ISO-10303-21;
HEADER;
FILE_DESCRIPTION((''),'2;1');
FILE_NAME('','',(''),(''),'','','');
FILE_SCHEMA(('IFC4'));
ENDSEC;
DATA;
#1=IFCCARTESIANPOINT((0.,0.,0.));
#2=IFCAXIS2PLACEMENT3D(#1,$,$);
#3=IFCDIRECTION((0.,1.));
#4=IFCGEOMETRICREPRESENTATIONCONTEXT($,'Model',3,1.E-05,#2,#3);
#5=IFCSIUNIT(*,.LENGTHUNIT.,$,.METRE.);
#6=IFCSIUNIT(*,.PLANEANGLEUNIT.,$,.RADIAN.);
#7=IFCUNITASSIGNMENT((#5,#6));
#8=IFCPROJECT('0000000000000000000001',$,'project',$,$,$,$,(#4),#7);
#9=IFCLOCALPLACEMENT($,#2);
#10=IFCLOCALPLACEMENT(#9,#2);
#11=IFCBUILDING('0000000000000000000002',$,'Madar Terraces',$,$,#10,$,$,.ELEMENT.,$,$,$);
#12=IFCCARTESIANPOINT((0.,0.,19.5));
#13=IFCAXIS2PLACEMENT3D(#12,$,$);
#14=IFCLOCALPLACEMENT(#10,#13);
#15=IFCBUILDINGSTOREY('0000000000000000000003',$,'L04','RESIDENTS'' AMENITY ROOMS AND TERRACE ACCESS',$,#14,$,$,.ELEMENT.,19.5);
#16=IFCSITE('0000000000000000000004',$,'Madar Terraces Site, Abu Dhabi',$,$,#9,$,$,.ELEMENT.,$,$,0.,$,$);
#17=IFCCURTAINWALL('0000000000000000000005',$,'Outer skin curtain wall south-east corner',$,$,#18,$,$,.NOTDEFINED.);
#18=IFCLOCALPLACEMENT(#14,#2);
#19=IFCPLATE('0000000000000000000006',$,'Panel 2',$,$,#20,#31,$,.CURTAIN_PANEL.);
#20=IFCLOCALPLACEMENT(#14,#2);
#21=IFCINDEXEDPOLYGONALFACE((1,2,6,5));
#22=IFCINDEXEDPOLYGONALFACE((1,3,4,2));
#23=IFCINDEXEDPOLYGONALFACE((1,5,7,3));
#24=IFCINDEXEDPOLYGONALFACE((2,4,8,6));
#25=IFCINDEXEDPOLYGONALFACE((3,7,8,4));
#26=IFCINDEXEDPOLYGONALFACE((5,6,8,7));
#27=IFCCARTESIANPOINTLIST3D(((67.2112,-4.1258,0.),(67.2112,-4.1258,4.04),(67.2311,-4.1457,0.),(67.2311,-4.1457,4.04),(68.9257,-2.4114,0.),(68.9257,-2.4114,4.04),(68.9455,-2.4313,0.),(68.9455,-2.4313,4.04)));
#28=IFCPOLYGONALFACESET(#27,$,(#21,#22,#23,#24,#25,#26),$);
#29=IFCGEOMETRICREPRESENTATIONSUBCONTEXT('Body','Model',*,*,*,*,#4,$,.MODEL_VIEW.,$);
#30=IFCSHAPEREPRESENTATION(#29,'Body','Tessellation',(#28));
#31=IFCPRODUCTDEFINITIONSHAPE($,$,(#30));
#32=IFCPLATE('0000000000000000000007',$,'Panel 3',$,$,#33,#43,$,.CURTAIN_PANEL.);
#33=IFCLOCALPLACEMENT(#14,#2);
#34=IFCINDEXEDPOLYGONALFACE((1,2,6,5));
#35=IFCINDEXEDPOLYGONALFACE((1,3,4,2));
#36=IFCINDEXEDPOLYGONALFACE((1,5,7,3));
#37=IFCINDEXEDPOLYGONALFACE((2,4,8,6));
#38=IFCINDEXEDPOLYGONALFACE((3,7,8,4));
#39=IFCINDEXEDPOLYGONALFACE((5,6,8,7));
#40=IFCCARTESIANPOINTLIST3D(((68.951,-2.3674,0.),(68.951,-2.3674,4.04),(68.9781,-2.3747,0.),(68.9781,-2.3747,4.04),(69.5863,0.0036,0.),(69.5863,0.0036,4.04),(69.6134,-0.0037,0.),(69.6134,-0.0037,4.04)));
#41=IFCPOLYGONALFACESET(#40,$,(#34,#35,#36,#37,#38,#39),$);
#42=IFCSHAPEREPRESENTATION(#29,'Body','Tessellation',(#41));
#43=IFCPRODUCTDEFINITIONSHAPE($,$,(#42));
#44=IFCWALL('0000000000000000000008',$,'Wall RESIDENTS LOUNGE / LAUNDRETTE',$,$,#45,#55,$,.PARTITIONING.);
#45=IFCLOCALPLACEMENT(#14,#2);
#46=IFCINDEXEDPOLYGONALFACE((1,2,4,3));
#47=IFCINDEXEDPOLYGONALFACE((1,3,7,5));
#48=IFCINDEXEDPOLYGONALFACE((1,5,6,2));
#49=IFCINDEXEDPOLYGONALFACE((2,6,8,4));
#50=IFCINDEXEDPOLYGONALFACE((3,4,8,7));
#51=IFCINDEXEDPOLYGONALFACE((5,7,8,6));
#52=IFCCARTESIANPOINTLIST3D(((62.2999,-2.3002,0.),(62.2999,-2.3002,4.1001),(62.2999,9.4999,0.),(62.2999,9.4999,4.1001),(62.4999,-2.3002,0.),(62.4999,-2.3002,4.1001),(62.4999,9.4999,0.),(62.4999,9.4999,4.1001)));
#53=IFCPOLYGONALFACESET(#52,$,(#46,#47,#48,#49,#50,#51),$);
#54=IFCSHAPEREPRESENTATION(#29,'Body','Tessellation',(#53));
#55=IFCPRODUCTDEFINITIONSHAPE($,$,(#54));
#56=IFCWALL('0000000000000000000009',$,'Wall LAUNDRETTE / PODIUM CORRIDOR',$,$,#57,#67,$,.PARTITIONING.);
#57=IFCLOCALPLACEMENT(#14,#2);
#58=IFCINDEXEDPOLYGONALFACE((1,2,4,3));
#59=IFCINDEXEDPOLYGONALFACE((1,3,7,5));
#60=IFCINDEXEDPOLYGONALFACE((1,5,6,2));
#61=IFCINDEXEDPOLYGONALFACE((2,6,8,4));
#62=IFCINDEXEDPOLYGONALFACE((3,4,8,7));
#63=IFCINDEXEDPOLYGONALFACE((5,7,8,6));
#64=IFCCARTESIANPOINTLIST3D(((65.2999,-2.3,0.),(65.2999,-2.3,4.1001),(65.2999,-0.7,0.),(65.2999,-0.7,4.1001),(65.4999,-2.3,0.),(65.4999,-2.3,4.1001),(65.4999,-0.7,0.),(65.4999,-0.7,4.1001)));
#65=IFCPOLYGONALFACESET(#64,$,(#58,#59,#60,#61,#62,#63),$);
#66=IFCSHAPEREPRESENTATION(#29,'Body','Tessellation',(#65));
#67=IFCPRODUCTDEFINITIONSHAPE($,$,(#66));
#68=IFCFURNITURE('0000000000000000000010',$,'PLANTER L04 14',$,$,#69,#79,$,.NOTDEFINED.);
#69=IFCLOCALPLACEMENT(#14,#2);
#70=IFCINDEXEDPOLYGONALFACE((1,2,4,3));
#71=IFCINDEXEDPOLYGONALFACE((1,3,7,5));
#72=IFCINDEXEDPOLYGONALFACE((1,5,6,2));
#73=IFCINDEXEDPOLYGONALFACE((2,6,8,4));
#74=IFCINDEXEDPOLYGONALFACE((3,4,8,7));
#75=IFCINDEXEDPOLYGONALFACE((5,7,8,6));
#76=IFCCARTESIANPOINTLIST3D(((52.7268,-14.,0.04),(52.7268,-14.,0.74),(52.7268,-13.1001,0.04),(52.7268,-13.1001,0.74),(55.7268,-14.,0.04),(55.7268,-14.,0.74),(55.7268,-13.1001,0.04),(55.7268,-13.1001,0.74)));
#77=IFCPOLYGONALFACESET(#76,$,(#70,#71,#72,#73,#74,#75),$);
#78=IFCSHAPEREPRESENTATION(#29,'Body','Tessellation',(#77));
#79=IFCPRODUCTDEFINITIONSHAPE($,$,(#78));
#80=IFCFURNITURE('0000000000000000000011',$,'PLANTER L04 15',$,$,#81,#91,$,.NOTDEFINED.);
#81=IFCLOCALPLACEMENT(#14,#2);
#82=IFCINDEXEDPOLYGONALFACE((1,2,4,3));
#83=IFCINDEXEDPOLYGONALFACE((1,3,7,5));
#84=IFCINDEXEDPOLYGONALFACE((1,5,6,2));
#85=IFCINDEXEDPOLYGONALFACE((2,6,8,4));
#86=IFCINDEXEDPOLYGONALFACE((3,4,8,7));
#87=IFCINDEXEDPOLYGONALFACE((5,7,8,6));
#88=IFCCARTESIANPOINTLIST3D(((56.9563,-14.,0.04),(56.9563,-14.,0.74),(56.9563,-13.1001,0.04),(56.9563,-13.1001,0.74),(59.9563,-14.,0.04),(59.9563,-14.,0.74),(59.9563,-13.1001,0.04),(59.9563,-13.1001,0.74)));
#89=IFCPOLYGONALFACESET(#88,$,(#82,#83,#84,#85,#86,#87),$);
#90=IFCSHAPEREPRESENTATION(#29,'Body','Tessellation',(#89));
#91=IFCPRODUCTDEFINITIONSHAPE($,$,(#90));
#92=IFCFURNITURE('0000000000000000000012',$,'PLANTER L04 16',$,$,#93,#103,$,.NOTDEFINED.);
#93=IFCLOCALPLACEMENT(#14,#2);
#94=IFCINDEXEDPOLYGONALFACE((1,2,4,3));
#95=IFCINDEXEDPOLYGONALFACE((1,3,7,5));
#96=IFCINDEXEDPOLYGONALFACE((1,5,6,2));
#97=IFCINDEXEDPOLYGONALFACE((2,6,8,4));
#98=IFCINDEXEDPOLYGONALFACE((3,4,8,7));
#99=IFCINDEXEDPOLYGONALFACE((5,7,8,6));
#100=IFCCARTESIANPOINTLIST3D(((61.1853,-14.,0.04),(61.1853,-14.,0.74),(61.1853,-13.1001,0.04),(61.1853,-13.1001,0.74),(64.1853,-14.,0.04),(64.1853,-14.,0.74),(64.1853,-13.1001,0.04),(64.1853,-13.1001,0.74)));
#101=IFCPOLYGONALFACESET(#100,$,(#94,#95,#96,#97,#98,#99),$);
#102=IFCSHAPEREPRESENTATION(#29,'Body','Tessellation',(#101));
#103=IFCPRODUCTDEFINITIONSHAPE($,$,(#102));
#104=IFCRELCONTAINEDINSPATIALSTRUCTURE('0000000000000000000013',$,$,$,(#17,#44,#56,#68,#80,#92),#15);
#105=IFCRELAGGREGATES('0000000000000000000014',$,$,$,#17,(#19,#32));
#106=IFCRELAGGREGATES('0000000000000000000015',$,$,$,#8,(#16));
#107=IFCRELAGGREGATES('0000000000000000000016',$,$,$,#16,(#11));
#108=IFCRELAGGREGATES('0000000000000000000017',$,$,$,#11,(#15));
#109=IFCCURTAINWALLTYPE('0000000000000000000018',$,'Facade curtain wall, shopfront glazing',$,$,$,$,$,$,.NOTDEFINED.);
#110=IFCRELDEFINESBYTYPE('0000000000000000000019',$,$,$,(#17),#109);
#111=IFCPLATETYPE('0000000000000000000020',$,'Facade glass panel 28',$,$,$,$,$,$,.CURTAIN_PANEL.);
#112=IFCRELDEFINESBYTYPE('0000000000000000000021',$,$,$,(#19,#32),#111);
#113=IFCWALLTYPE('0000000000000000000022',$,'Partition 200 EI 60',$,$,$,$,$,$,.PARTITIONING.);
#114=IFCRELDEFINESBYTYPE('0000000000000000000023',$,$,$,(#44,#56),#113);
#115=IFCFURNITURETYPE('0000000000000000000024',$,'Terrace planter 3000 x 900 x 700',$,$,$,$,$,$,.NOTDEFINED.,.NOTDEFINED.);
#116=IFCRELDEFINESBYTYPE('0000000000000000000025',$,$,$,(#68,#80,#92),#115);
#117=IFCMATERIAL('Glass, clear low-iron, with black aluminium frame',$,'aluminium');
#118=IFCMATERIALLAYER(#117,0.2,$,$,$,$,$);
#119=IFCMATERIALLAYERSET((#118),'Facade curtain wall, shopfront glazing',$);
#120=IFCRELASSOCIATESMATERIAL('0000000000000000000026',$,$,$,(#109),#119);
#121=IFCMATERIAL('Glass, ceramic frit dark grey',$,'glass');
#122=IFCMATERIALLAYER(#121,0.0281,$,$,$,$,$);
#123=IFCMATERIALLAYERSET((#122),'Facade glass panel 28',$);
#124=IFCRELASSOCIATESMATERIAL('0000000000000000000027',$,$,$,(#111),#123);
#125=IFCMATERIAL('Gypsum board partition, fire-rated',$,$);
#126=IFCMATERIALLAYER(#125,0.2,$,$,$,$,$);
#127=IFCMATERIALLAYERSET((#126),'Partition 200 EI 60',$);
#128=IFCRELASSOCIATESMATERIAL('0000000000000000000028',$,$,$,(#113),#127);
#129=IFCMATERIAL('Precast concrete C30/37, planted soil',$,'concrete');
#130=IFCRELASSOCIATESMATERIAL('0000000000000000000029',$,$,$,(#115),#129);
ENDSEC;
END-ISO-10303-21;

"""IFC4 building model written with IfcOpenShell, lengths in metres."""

from ifc_helpers import new_model, si_unit, direction, frame, frame_2d, origin, origin_2d, place, context, subcontext, project, spatial, rectangle, extrude, material, layer, layer_set, type_object, element, aggregate, save


model = new_model("IFC4")

# Units and contexts
model_context = context("Model", 3, precision=1e-05, world=origin(), true_north=direction((0.0, 1.0)))
body_context = subcontext(model_context, "Body", "Model", "MODEL_VIEW")
ifc_project = project(units=[si_unit("LENGTHUNIT", "METRE"), si_unit("PLANEANGLEUNIT", "RADIAN")], contexts=[model_context])

# Site, building, storey
site_placement = place(None, origin())
site = spatial("IfcSite", under=ifc_project, at=site_placement, Name="Madar Terraces Site, Abu Dhabi", CompositionType="ELEMENT", RefElevation=0.0)
building_placement = place(site_placement, origin())
building = spatial("IfcBuilding", under=site, at=building_placement, Name="Madar Terraces", CompositionType="ELEMENT")
storey_placement = place(building_placement, frame((0.0, 0.0, 19.5)))
storey = spatial("IfcBuildingStorey", under=building, at=storey_placement, Name="L04", Description="RESIDENTS' AMENITY ROOMS AND TERRACE ACCESS", CompositionType="ELEMENT", Elevation=19.5)

# Curtain wall
ifc_material_1 = material(Name="Glass, clear low-iron, with black aluminium frame", Category="aluminium")
ifc_layer_1 = layer(ifc_material_1, 0.2)
ifc_layer_set_1 = layer_set([ifc_layer_1], Name="Facade curtain wall, shopfront glazing")
curtain_wall_type = type_object("IfcCurtainWallType", Name="Facade curtain wall, shopfront glazing", PredefinedType="NOTDEFINED", material=ifc_layer_set_1)
curtain_wall_1_placement = place(storey_placement, origin())
curtain_wall_1 = element("IfcCurtainWall", 1, at=curtain_wall_1_placement, inside=storey, type_object=curtain_wall_type, Name="Outer skin curtain wall south-east corner", PredefinedType="NOTDEFINED")

# Plates
ifc_material_2 = material(Name="Glass, ceramic frit dark grey", Category="glass")
ifc_layer_2 = layer(ifc_material_2, 0.0281)
ifc_layer_set_2 = layer_set([ifc_layer_2], Name="Facade glass panel 28")
plate_type = type_object("IfcPlateType", Name="Facade glass panel 28", PredefinedType="CURTAIN_PANEL", material=ifc_layer_set_2)
plate_1_placement = place(storey_placement, frame((68.0784, -3.2786, 0.0), z_axis=(0.0, 0.0, 1.0), x_axis=(0.707107, 0.707107, 0.0)))
plate_1 = element("IfcPlate", 2, at=plate_1_placement, type_object=plate_type, Name="Panel 2", PredefinedType="CURTAIN_PANEL", context=body_context, shape_type="SweptSolid", body=[
    extrude(rectangle(XDim=2.4246, YDim=0.0281, at=origin_2d()), origin(), (0.0, 0.0, 1.0), 4.04),
])
plate_2_placement = place(storey_placement, frame((69.2822, -1.1855, 0.0), z_axis=(0.0, 0.0, 1.0), x_axis=(0.258819, 0.965926, 0.0)))
plate_2 = element("IfcPlate", 3, at=plate_2_placement, type_object=plate_type, Name="Panel 3", PredefinedType="CURTAIN_PANEL", context=body_context, shape_type="SweptSolid", body=[
    extrude(rectangle(XDim=2.4546, YDim=0.0281, at=origin_2d()), origin(), (0.0, 0.0, 1.0), 4.04),
])
aggregate(curtain_wall_1, [plate_1, plate_2])

# Walls
ifc_material_3 = material(Name="Gypsum board partition, fire-rated")
ifc_layer_3 = layer(ifc_material_3, 0.2)
ifc_layer_set_3 = layer_set([ifc_layer_3], Name="Partition 200 EI 60")
wall_type_1 = type_object("IfcWallType", Name="Partition 200 EI 60", PredefinedType="PARTITIONING", material=ifc_layer_set_3)
wall_1_placement = place(storey_placement, frame((62.3999, -2.3, 0.0), z_axis=(0.0, 0.0, 1.0), x_axis=(0.0, 1.0, 0.0)))
element("IfcWall", 4, at=wall_1_placement, inside=storey, type_object=wall_type_1, Name="Wall RESIDENTS LOUNGE / LAUNDRETTE", PredefinedType="PARTITIONING", context=body_context, shape_type="SweptSolid", body=[
    extrude(rectangle(XDim=11.8, YDim=0.2, at=frame_2d((5.8999, 0.0))), origin(), (0.0, 0.0, 1.0), 4.1001),
])
wall_2_placement = place(storey_placement, frame((65.3999, -2.3, 0.0), z_axis=(0.0, 0.0, 1.0), x_axis=(0.0, 1.0, 0.0)))
element("IfcWall", 5, at=wall_2_placement, inside=storey, type_object=wall_type_1, Name="Wall LAUNDRETTE / PODIUM CORRIDOR", PredefinedType="PARTITIONING", context=body_context, shape_type="SweptSolid", body=[
    extrude(rectangle(XDim=1.6001, YDim=0.2, at=frame_2d((0.8, 0.0))), origin(), (0.0, 0.0, 1.0), 4.1001),
])

# Furniture
ifc_material_4 = material(Name="Precast concrete C30/37, planted soil", Category="concrete")
furniture_type = type_object("IfcFurnitureType", Name="Terrace planter 3000 x 900 x 700", AssemblyPlace="NOTDEFINED", PredefinedType="NOTDEFINED", material=ifc_material_4)
for number, where, z_axis, x_axis, name in (
    (6, (54.2268, -13.55, 0.04), (0.0, 0.0, 1.0), (1.0, 0.0, 0.0), "PLANTER L04 14"),
    (7, (58.4563, -13.55, 0.04), (0.0, 0.0, 1.0), (1.0, 0.0, 0.0), "PLANTER L04 15"),
    (8, (62.6853, -13.55, 0.04), (0.0, 0.0, 1.0), (1.0, 0.0, 0.0), "PLANTER L04 16"),
):
    element("IfcFurniture", number, at=place(storey_placement, frame(where, z_axis=z_axis, x_axis=x_axis)), inside=storey, type_object=furniture_type, Name=name, PredefinedType="NOTDEFINED", context=body_context, shape_type="SweptSolid", body=[
        extrude(rectangle(XDim=3.0, YDim=0.8999, at=origin_2d()), origin(), (0.0, 0.0, 1.0), 0.7),
    ])

save(model, "model.ifc")
